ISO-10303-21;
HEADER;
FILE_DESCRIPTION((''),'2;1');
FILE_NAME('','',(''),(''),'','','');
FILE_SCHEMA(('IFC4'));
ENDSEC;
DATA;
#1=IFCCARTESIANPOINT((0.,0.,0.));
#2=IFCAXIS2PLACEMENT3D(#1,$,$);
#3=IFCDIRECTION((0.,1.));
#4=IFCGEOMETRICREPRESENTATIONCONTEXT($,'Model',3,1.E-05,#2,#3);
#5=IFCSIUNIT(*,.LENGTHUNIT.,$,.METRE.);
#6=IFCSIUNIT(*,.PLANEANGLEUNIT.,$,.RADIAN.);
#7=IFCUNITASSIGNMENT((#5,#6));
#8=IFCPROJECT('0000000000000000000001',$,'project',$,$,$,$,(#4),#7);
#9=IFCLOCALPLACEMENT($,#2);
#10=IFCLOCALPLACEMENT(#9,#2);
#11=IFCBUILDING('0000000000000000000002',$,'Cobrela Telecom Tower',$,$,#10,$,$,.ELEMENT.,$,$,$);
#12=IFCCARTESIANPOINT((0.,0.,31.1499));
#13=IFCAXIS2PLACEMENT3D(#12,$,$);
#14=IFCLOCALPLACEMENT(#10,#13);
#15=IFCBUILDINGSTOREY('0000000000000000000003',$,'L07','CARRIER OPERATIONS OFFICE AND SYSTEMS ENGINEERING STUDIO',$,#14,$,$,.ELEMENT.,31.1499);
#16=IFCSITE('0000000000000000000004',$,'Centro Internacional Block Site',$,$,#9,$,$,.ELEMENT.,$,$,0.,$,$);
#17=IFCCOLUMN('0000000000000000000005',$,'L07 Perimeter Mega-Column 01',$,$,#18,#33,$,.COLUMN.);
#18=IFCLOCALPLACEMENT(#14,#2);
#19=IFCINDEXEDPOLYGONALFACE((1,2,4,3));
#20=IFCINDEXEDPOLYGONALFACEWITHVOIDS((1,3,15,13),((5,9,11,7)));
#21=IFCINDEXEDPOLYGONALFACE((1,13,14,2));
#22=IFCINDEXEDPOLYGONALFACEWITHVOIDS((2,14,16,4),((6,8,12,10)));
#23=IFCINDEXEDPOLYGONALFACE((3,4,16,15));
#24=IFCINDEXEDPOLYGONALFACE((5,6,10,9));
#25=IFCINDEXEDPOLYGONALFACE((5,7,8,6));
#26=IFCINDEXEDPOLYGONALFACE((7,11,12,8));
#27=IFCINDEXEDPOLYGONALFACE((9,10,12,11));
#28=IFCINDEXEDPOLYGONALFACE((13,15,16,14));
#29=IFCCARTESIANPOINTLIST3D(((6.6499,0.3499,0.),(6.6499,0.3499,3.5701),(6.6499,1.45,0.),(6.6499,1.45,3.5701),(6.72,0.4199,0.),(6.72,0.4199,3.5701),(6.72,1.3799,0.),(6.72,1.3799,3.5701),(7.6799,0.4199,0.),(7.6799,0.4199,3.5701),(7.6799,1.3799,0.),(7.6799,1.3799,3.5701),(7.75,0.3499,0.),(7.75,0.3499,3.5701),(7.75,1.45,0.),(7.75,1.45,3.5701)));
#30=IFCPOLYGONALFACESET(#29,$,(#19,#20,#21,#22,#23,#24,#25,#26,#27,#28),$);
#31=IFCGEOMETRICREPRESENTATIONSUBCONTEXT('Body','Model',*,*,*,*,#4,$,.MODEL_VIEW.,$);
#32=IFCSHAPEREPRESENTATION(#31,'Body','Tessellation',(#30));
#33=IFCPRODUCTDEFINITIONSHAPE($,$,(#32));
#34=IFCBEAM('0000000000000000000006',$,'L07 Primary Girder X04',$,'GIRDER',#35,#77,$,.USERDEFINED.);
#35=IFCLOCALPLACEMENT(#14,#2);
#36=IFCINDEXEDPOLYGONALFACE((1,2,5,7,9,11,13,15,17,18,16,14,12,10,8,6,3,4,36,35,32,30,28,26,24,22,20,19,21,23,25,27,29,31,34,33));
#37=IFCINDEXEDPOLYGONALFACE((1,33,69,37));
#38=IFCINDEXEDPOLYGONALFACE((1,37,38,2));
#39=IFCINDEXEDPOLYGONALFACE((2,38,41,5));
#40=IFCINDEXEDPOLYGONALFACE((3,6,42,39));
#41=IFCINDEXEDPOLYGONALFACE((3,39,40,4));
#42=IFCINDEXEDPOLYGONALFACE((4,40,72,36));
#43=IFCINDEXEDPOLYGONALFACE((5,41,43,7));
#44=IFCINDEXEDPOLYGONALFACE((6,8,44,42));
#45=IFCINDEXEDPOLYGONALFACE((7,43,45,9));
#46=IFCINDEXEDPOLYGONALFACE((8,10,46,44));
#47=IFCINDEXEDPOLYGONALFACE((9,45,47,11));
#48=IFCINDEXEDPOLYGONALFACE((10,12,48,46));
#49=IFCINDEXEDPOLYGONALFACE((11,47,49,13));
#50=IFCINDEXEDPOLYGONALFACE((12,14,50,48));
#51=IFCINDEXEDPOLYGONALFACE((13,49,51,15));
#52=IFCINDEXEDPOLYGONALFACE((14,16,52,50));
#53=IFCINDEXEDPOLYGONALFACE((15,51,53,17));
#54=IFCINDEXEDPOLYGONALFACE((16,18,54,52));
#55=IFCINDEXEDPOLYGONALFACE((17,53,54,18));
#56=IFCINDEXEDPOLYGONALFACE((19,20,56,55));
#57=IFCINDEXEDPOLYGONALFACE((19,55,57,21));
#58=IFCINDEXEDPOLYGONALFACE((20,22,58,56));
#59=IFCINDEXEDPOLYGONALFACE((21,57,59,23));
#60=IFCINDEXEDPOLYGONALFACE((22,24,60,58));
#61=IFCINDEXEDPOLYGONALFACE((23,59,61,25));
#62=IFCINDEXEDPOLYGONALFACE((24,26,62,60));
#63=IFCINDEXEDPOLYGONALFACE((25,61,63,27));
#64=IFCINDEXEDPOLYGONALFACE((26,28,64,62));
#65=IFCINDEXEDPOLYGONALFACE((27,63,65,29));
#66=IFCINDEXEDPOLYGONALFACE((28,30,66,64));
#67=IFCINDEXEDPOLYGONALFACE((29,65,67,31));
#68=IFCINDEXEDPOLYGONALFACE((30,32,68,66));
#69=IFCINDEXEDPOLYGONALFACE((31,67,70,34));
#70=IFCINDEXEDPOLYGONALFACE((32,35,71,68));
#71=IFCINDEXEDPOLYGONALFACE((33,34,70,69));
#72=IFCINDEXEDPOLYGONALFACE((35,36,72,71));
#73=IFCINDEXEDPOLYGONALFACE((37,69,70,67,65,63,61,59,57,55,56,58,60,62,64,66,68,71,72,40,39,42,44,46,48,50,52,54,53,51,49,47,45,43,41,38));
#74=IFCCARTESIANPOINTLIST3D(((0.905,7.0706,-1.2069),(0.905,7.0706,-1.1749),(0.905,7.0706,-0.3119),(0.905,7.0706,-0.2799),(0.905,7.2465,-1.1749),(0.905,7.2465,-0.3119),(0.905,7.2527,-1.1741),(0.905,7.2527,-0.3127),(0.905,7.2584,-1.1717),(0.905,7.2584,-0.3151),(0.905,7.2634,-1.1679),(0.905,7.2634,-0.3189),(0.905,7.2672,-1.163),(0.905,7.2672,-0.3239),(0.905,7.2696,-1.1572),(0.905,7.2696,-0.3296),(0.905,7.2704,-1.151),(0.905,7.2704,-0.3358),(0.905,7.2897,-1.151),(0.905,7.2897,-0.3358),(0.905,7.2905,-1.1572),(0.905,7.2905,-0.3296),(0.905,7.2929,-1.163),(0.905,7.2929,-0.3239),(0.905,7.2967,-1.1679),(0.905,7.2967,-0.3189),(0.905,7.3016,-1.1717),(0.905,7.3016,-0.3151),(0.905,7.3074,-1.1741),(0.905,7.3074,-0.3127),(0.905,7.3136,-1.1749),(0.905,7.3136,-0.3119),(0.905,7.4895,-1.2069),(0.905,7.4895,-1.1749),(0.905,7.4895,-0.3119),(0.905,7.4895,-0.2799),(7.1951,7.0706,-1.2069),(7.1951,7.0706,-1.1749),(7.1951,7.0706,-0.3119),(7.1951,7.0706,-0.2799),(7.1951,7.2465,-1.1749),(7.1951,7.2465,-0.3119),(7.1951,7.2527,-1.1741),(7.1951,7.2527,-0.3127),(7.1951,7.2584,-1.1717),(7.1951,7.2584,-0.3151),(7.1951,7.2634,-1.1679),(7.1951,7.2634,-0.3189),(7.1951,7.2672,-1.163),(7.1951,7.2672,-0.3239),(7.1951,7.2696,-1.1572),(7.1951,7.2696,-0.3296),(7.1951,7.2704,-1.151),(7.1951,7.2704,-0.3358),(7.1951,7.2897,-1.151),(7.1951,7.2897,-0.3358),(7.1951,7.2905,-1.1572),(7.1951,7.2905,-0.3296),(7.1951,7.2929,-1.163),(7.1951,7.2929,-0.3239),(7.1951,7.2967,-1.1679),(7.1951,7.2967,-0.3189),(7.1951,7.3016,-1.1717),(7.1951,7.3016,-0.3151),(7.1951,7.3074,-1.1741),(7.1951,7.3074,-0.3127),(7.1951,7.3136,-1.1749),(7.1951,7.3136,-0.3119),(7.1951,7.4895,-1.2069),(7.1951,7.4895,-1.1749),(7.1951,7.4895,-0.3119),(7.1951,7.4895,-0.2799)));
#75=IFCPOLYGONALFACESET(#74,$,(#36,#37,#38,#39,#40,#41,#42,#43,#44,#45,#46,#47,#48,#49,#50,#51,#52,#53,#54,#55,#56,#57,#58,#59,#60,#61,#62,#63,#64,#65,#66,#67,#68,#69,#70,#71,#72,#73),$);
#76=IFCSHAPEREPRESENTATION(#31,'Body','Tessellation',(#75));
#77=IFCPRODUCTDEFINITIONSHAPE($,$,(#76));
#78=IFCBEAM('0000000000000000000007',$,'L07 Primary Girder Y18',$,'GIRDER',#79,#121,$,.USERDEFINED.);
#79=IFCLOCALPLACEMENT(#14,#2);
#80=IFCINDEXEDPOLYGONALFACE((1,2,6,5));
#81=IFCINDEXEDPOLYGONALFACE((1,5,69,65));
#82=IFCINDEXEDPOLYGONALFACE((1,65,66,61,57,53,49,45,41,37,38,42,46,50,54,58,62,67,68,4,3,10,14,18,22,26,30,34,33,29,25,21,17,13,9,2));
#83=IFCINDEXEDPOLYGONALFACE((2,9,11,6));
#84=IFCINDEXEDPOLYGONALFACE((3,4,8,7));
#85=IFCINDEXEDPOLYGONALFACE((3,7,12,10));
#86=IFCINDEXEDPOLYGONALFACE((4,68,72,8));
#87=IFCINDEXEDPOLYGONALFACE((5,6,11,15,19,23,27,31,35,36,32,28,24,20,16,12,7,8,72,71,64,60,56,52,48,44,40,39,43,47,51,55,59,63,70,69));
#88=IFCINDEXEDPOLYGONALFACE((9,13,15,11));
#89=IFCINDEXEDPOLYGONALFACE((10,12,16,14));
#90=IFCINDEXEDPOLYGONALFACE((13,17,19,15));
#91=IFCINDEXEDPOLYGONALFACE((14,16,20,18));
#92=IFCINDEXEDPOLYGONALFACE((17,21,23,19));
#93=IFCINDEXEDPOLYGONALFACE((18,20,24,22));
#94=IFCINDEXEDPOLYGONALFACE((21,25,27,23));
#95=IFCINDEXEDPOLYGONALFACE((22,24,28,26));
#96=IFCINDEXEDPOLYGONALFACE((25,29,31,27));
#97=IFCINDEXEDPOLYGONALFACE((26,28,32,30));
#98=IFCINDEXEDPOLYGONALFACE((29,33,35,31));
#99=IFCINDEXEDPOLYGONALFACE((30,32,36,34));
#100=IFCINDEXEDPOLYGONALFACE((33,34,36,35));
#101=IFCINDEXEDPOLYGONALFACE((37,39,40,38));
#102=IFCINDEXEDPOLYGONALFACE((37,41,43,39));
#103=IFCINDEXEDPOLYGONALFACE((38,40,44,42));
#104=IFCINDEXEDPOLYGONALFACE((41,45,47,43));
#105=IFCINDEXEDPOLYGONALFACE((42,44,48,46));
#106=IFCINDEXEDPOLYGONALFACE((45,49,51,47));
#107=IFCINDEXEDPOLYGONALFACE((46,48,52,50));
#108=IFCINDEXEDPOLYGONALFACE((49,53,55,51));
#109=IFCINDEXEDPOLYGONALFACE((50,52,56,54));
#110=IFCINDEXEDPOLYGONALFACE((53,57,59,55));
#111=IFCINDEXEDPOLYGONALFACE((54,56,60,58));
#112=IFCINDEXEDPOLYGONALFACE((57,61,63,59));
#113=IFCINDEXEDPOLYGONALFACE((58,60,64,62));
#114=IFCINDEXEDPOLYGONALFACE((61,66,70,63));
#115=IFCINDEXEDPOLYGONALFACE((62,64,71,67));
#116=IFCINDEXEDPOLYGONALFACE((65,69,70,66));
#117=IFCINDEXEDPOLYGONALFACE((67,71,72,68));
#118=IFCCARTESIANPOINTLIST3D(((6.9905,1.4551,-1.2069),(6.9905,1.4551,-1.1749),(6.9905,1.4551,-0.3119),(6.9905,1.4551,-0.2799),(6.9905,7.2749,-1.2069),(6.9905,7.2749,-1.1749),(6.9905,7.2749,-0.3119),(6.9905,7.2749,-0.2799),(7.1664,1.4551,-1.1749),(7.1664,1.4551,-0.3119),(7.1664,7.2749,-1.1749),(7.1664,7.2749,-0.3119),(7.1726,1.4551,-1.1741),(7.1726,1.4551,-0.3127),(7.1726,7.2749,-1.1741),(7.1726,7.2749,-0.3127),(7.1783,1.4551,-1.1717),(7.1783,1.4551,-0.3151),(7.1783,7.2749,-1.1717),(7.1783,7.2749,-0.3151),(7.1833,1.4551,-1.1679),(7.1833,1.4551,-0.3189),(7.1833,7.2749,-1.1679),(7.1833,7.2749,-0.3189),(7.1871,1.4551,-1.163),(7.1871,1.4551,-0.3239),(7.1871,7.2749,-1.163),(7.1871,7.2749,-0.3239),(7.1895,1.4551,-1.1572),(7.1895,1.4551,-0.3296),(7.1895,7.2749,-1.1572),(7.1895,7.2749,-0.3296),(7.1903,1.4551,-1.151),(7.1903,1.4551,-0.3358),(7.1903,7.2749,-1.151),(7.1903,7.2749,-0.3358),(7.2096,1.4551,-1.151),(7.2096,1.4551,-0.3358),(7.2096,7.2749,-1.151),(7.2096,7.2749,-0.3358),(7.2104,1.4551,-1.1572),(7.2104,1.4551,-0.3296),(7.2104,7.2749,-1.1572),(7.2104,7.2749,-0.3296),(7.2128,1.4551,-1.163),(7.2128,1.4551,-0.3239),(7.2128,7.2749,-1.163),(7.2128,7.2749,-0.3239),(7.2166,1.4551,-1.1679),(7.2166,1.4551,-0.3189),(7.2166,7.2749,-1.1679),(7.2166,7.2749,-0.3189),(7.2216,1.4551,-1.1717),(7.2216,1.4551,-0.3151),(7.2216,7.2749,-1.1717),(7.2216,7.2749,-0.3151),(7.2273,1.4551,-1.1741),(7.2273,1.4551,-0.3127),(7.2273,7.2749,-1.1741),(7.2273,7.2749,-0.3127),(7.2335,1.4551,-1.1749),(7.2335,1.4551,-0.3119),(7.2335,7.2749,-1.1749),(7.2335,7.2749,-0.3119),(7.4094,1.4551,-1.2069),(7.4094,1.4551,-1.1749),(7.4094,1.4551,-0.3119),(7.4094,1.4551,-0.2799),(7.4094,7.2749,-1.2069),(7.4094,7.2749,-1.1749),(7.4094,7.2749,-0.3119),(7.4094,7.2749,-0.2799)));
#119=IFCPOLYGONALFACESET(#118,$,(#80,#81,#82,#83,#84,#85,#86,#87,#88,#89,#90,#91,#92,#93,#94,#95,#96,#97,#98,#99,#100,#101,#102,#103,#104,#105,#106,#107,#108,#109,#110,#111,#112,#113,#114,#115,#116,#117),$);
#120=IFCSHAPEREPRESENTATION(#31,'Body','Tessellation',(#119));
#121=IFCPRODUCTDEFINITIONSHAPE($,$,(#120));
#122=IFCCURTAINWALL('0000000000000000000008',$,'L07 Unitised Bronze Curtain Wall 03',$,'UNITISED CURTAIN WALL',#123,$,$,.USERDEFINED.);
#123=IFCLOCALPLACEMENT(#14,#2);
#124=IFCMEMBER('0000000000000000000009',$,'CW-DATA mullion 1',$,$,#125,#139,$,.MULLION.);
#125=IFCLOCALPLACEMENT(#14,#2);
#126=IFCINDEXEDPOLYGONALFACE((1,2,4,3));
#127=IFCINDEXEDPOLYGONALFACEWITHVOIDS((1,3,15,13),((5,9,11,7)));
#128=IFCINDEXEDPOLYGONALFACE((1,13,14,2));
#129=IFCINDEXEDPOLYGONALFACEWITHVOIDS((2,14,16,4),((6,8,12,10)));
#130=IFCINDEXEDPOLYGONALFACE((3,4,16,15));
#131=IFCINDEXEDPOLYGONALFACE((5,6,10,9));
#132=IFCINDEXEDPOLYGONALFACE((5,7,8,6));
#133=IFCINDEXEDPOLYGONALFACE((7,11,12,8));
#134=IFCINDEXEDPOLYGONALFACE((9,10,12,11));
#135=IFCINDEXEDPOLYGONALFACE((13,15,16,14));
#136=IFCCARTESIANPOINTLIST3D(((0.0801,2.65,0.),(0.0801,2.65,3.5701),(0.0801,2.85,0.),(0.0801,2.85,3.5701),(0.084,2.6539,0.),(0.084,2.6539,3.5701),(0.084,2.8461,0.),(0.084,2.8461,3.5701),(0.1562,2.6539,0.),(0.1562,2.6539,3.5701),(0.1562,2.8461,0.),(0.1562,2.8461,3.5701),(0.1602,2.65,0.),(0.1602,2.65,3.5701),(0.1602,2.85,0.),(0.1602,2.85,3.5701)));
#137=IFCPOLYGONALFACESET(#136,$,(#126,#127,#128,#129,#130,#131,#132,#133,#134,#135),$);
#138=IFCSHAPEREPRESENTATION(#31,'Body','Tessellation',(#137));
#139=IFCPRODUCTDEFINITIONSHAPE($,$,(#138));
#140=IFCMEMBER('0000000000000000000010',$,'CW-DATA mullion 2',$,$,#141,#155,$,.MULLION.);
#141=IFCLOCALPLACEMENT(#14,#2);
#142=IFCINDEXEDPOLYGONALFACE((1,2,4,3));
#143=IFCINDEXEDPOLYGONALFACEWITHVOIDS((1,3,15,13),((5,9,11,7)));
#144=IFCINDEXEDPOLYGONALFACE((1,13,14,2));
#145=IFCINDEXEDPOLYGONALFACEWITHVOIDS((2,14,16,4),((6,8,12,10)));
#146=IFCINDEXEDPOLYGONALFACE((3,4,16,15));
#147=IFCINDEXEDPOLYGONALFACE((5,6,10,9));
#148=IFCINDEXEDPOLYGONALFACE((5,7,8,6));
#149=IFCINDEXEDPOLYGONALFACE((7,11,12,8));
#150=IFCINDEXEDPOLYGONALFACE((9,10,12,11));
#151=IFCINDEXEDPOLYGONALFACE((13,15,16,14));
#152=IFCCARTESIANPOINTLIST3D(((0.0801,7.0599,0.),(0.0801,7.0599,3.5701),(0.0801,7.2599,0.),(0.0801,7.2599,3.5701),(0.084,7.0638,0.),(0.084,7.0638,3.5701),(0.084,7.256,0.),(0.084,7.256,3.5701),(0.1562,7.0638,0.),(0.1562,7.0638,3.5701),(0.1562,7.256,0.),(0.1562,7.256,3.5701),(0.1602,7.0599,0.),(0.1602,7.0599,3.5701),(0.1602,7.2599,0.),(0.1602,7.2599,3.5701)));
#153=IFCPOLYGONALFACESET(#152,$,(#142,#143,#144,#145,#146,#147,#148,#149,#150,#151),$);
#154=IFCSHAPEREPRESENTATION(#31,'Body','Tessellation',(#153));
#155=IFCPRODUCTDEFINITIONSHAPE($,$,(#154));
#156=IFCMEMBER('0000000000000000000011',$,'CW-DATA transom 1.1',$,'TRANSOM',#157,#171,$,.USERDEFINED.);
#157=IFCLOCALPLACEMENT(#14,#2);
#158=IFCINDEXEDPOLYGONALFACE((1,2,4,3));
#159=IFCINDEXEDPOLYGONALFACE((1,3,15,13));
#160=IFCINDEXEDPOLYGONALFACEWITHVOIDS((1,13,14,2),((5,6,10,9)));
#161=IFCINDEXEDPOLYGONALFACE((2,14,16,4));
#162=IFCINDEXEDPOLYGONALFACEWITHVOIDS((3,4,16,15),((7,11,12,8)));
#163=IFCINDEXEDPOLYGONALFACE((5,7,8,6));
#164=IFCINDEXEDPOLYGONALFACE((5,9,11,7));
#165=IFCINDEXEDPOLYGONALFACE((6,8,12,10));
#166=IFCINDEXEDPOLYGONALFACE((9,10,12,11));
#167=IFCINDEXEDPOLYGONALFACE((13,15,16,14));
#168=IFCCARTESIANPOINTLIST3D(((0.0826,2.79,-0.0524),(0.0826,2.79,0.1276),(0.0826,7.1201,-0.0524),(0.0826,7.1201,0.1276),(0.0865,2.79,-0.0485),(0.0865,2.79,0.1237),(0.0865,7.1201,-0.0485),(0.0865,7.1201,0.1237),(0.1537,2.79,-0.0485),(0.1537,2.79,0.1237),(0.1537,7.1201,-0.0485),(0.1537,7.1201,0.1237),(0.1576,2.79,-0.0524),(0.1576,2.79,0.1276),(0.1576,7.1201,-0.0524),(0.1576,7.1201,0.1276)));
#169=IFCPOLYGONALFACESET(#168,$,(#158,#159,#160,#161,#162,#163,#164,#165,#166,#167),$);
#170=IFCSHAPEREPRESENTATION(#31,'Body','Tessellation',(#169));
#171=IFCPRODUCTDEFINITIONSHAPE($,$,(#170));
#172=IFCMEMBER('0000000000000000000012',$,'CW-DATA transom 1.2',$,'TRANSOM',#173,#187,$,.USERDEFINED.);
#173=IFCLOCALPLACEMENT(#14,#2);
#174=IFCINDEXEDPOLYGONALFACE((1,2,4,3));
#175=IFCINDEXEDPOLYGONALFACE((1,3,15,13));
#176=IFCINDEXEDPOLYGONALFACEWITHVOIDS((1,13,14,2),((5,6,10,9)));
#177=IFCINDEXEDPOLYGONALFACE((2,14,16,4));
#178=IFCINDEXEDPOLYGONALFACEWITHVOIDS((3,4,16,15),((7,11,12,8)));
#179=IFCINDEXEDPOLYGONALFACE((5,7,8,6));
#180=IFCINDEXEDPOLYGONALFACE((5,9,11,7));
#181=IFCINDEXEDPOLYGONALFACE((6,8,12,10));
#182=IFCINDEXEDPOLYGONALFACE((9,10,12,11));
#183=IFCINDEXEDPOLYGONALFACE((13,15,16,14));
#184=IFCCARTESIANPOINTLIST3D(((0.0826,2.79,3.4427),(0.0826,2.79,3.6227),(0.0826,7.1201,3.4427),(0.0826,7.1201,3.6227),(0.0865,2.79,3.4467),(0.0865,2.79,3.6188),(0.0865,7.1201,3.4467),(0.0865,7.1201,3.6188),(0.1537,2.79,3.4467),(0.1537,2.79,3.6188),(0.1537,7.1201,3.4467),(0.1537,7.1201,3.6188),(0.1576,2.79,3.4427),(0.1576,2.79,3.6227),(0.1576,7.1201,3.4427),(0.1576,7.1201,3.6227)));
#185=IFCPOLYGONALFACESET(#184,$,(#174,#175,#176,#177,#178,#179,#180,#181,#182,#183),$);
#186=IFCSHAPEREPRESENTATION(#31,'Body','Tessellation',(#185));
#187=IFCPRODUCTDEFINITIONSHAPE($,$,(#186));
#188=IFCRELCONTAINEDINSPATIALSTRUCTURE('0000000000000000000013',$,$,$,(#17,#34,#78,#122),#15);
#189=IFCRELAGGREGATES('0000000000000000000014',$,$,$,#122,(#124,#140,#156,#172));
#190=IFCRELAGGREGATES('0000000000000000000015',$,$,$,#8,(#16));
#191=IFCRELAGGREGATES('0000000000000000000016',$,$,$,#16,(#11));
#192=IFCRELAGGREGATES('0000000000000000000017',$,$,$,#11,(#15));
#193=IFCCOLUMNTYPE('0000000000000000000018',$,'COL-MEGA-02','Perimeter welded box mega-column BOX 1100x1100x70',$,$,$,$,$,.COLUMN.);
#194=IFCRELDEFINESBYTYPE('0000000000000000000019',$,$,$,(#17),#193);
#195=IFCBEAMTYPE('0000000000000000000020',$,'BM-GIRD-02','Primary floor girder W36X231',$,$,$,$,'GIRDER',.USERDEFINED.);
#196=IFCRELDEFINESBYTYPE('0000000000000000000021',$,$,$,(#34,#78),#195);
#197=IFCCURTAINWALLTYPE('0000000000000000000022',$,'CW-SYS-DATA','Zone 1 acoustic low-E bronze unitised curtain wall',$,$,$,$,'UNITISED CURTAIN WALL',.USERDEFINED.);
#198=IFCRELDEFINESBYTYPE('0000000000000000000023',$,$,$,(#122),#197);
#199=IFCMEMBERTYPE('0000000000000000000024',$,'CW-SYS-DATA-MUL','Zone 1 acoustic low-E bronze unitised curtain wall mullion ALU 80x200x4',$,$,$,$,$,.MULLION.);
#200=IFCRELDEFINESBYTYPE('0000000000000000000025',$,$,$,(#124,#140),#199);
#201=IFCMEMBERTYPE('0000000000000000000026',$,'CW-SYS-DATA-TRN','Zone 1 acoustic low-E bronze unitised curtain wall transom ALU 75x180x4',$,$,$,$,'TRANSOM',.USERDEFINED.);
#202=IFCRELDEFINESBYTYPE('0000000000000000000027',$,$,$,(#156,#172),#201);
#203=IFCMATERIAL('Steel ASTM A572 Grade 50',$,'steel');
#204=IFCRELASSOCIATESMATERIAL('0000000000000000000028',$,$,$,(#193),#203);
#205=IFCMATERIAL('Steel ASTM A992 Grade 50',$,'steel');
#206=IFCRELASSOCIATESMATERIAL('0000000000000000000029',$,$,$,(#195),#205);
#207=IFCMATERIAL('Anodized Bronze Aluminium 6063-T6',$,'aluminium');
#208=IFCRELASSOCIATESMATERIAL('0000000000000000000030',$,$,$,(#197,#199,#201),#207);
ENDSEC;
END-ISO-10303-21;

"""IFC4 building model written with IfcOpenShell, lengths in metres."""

from ifc_helpers import new_model, si_unit, direction, frame, origin, origin_2d, place, context, subcontext, project, spatial, hollow_rectangle, i_section, extrude, material, material_profile, profile_set, type_object, element, aggregate, save


model = new_model("IFC4")

# Units and contexts
model_context = context("Model", 3, precision=1e-05, world=origin(), true_north=direction((0.0, 1.0)))
body_context = subcontext(model_context, "Body", "Model", "MODEL_VIEW")
ifc_project = project(units=[si_unit("LENGTHUNIT", "METRE"), si_unit("PLANEANGLEUNIT", "RADIAN")], contexts=[model_context])

# Site, building, storey
site_placement = place(None, origin())
site = spatial("IfcSite", under=ifc_project, at=site_placement, Name="Centro Internacional Block Site", CompositionType="ELEMENT", RefElevation=0.0)
building_placement = place(site_placement, origin())
building = spatial("IfcBuilding", under=site, at=building_placement, Name="Cobrela Telecom Tower", CompositionType="ELEMENT")
storey_placement = place(building_placement, frame((0.0, 0.0, 31.1499)))
storey = spatial("IfcBuildingStorey", under=building, at=storey_placement, Name="L07", Description="CARRIER OPERATIONS OFFICE AND SYSTEMS ENGINEERING STUDIO", CompositionType="ELEMENT", Elevation=31.1499)

# Column
ifc_material_1 = material(Name="Steel ASTM A572 Grade 50", Category="steel")
ifc_material_profile_1 = material_profile(ifc_material_1, hollow_rectangle(XDim=1.1001, YDim=1.1001, WallThickness=0.0701, at=origin_2d()), Name="BOX 1100x1100x70")
ifc_profile_set_1 = profile_set([ifc_material_profile_1], Name="Steel ASTM A572 Grade 50")
column_type = type_object("IfcColumnType", Name="COL-MEGA-02", Description="Perimeter welded box mega-column BOX 1100x1100x70", PredefinedType="COLUMN", material=ifc_profile_set_1)
column_placement = place(storey_placement, frame((7.2, 0.8999, 0.0), z_axis=(0.0, 0.0, 1.0), x_axis=(1.0, 0.0, 0.0)))
element("IfcColumn", 1, at=column_placement, inside=storey, type_object=column_type, Name="L07 Perimeter Mega-Column 01", PredefinedType="COLUMN", context=body_context, shape_type="SweptSolid", body=[
    extrude(hollow_rectangle(XDim=1.1001, YDim=1.1001, WallThickness=0.0701, at=origin_2d()), origin(), (0.0, 0.0, 1.0), 3.5701),
])

# Beams
ifc_material_2 = material(Name="Steel ASTM A992 Grade 50", Category="steel")
ifc_material_profile_2 = material_profile(ifc_material_2, i_section(OverallWidth=0.4189, OverallDepth=0.927, WebThickness=0.0193, FlangeThickness=0.032, FilletRadius=0.0239, at=origin_2d()), Name="W36X231")
ifc_profile_set_2 = profile_set([ifc_material_profile_2], Name="Steel ASTM A992 Grade 50")
beam_type = type_object("IfcBeamType", Name="BM-GIRD-02", Description="Primary floor girder W36X231", ElementType="GIRDER", PredefinedType="USERDEFINED", material=ifc_profile_set_2)
beam_1_placement = place(storey_placement, frame((0.905, 7.28, -0.7434), z_axis=(1.0, 0.0, 0.0), x_axis=(0.0, 1.0, 0.0)))
element("IfcBeam", 2, at=beam_1_placement, inside=storey, type_object=beam_type, Name="L07 Primary Girder X04", ObjectType="GIRDER", PredefinedType="USERDEFINED", context=body_context, shape_type="SweptSolid", body=[
    extrude(i_section(OverallWidth=0.4189, OverallDepth=0.927, WebThickness=0.0193, FlangeThickness=0.032, FilletRadius=0.0239, at=origin_2d()), origin(), (0.0, 0.0, 1.0), 6.29),
])
beam_2_placement = place(storey_placement, frame((7.2, 1.4551, -0.7434), z_axis=(0.0, 1.0, 0.0), x_axis=(-1.0, 0.0, 0.0)))
element("IfcBeam", 3, at=beam_2_placement, inside=storey, type_object=beam_type, Name="L07 Primary Girder Y18", ObjectType="GIRDER", PredefinedType="USERDEFINED", context=body_context, shape_type="SweptSolid", body=[
    extrude(i_section(OverallWidth=0.4189, OverallDepth=0.927, WebThickness=0.0193, FlangeThickness=0.032, FilletRadius=0.0239, at=origin_2d()), origin(), (0.0, 0.0, 1.0), 5.8198),
])

# Curtain wall, members
ifc_material_3 = material(Name="Anodized Bronze Aluminium 6063-T6", Category="aluminium")
curtain_wall_type = type_object("IfcCurtainWallType", Name="CW-SYS-DATA", Description="Zone 1 acoustic low-E bronze unitised curtain wall", ElementType="UNITISED CURTAIN WALL", PredefinedType="USERDEFINED", material=ifc_material_3)
curtain_wall_placement = place(storey_placement, origin())
curtain_wall = element("IfcCurtainWall", 4, at=curtain_wall_placement, inside=storey, type_object=curtain_wall_type, Name="L07 Unitised Bronze Curtain Wall 03", ObjectType="UNITISED CURTAIN WALL", PredefinedType="USERDEFINED")
ifc_material_profile_3 = material_profile(ifc_material_3, hollow_rectangle(XDim=0.0801, YDim=0.2, WallThickness=0.0039, at=origin_2d()), Name="ALU 80x200x4")
ifc_profile_set_3 = profile_set([ifc_material_profile_3], Name="Anodized Bronze Aluminium 6063-T6")
member_type_1 = type_object("IfcMemberType", Name="CW-SYS-DATA-MUL", Description="Zone 1 acoustic low-E bronze unitised curtain wall mullion ALU 80x200x4", PredefinedType="MULLION", material=ifc_profile_set_3)
member_1_placement = place(storey_placement, frame((0.1201, 2.75, 0.0), z_axis=(0.0, 0.0, 1.0), x_axis=(-1.0, 0.0, 0.0)))
member_1 = element("IfcMember", 5, at=member_1_placement, type_object=member_type_1, Name="CW-DATA mullion 1", PredefinedType="MULLION", context=body_context, shape_type="SweptSolid", body=[
    extrude(hollow_rectangle(XDim=0.0801, YDim=0.2, WallThickness=0.0039, at=origin_2d()), origin(), (0.0, 0.0, 1.0), 3.5701),
])
member_2_placement = place(storey_placement, frame((0.1201, 7.1599, 0.0), z_axis=(0.0, 0.0, 1.0), x_axis=(-1.0, 0.0, 0.0)))
member_2 = element("IfcMember", 6, at=member_2_placement, type_object=member_type_1, Name="CW-DATA mullion 2", PredefinedType="MULLION", context=body_context, shape_type="SweptSolid", body=[
    extrude(hollow_rectangle(XDim=0.0801, YDim=0.2, WallThickness=0.0039, at=origin_2d()), origin(), (0.0, 0.0, 1.0), 3.5701),
])
ifc_material_profile_4 = material_profile(ifc_material_3, hollow_rectangle(XDim=0.075, YDim=0.1799, WallThickness=0.0039, at=origin_2d()), Name="ALU 75x180x4")
ifc_profile_set_4 = profile_set([ifc_material_profile_4], Name="Anodized Bronze Aluminium 6063-T6")
member_type_2 = type_object("IfcMemberType", Name="CW-SYS-DATA-TRN", Description="Zone 1 acoustic low-E bronze unitised curtain wall transom ALU 75x180x4", ElementType="TRANSOM", PredefinedType="USERDEFINED", material=ifc_profile_set_4)
member_3_placement = place(storey_placement, frame((0.1201, 2.79, 0.0376), z_axis=(0.0, 1.0, 0.0), x_axis=(-1.0, 0.0, 0.0)))
member_3 = element("IfcMember", 7, at=member_3_placement, type_object=member_type_2, Name="CW-DATA transom 1.1", ObjectType="TRANSOM", PredefinedType="USERDEFINED", context=body_context, shape_type="SweptSolid", body=[
    extrude(hollow_rectangle(XDim=0.075, YDim=0.1799, WallThickness=0.0039, at=origin_2d()), origin(), (0.0, 0.0, 1.0), 4.3301),
])
member_4_placement = place(storey_placement, frame((0.1201, 2.79, 3.5327), z_axis=(0.0, 1.0, 0.0), x_axis=(-1.0, 0.0, 0.0)))
member_4 = element("IfcMember", 8, at=member_4_placement, type_object=member_type_2, Name="CW-DATA transom 1.2", ObjectType="TRANSOM", PredefinedType="USERDEFINED", context=body_context, shape_type="SweptSolid", body=[
    extrude(hollow_rectangle(XDim=0.075, YDim=0.1799, WallThickness=0.0039, at=origin_2d()), origin(), (0.0, 0.0, 1.0), 4.3301),
])
aggregate(curtain_wall, [member_1, member_2, member_3, member_4])

save(model, "model.ifc")
